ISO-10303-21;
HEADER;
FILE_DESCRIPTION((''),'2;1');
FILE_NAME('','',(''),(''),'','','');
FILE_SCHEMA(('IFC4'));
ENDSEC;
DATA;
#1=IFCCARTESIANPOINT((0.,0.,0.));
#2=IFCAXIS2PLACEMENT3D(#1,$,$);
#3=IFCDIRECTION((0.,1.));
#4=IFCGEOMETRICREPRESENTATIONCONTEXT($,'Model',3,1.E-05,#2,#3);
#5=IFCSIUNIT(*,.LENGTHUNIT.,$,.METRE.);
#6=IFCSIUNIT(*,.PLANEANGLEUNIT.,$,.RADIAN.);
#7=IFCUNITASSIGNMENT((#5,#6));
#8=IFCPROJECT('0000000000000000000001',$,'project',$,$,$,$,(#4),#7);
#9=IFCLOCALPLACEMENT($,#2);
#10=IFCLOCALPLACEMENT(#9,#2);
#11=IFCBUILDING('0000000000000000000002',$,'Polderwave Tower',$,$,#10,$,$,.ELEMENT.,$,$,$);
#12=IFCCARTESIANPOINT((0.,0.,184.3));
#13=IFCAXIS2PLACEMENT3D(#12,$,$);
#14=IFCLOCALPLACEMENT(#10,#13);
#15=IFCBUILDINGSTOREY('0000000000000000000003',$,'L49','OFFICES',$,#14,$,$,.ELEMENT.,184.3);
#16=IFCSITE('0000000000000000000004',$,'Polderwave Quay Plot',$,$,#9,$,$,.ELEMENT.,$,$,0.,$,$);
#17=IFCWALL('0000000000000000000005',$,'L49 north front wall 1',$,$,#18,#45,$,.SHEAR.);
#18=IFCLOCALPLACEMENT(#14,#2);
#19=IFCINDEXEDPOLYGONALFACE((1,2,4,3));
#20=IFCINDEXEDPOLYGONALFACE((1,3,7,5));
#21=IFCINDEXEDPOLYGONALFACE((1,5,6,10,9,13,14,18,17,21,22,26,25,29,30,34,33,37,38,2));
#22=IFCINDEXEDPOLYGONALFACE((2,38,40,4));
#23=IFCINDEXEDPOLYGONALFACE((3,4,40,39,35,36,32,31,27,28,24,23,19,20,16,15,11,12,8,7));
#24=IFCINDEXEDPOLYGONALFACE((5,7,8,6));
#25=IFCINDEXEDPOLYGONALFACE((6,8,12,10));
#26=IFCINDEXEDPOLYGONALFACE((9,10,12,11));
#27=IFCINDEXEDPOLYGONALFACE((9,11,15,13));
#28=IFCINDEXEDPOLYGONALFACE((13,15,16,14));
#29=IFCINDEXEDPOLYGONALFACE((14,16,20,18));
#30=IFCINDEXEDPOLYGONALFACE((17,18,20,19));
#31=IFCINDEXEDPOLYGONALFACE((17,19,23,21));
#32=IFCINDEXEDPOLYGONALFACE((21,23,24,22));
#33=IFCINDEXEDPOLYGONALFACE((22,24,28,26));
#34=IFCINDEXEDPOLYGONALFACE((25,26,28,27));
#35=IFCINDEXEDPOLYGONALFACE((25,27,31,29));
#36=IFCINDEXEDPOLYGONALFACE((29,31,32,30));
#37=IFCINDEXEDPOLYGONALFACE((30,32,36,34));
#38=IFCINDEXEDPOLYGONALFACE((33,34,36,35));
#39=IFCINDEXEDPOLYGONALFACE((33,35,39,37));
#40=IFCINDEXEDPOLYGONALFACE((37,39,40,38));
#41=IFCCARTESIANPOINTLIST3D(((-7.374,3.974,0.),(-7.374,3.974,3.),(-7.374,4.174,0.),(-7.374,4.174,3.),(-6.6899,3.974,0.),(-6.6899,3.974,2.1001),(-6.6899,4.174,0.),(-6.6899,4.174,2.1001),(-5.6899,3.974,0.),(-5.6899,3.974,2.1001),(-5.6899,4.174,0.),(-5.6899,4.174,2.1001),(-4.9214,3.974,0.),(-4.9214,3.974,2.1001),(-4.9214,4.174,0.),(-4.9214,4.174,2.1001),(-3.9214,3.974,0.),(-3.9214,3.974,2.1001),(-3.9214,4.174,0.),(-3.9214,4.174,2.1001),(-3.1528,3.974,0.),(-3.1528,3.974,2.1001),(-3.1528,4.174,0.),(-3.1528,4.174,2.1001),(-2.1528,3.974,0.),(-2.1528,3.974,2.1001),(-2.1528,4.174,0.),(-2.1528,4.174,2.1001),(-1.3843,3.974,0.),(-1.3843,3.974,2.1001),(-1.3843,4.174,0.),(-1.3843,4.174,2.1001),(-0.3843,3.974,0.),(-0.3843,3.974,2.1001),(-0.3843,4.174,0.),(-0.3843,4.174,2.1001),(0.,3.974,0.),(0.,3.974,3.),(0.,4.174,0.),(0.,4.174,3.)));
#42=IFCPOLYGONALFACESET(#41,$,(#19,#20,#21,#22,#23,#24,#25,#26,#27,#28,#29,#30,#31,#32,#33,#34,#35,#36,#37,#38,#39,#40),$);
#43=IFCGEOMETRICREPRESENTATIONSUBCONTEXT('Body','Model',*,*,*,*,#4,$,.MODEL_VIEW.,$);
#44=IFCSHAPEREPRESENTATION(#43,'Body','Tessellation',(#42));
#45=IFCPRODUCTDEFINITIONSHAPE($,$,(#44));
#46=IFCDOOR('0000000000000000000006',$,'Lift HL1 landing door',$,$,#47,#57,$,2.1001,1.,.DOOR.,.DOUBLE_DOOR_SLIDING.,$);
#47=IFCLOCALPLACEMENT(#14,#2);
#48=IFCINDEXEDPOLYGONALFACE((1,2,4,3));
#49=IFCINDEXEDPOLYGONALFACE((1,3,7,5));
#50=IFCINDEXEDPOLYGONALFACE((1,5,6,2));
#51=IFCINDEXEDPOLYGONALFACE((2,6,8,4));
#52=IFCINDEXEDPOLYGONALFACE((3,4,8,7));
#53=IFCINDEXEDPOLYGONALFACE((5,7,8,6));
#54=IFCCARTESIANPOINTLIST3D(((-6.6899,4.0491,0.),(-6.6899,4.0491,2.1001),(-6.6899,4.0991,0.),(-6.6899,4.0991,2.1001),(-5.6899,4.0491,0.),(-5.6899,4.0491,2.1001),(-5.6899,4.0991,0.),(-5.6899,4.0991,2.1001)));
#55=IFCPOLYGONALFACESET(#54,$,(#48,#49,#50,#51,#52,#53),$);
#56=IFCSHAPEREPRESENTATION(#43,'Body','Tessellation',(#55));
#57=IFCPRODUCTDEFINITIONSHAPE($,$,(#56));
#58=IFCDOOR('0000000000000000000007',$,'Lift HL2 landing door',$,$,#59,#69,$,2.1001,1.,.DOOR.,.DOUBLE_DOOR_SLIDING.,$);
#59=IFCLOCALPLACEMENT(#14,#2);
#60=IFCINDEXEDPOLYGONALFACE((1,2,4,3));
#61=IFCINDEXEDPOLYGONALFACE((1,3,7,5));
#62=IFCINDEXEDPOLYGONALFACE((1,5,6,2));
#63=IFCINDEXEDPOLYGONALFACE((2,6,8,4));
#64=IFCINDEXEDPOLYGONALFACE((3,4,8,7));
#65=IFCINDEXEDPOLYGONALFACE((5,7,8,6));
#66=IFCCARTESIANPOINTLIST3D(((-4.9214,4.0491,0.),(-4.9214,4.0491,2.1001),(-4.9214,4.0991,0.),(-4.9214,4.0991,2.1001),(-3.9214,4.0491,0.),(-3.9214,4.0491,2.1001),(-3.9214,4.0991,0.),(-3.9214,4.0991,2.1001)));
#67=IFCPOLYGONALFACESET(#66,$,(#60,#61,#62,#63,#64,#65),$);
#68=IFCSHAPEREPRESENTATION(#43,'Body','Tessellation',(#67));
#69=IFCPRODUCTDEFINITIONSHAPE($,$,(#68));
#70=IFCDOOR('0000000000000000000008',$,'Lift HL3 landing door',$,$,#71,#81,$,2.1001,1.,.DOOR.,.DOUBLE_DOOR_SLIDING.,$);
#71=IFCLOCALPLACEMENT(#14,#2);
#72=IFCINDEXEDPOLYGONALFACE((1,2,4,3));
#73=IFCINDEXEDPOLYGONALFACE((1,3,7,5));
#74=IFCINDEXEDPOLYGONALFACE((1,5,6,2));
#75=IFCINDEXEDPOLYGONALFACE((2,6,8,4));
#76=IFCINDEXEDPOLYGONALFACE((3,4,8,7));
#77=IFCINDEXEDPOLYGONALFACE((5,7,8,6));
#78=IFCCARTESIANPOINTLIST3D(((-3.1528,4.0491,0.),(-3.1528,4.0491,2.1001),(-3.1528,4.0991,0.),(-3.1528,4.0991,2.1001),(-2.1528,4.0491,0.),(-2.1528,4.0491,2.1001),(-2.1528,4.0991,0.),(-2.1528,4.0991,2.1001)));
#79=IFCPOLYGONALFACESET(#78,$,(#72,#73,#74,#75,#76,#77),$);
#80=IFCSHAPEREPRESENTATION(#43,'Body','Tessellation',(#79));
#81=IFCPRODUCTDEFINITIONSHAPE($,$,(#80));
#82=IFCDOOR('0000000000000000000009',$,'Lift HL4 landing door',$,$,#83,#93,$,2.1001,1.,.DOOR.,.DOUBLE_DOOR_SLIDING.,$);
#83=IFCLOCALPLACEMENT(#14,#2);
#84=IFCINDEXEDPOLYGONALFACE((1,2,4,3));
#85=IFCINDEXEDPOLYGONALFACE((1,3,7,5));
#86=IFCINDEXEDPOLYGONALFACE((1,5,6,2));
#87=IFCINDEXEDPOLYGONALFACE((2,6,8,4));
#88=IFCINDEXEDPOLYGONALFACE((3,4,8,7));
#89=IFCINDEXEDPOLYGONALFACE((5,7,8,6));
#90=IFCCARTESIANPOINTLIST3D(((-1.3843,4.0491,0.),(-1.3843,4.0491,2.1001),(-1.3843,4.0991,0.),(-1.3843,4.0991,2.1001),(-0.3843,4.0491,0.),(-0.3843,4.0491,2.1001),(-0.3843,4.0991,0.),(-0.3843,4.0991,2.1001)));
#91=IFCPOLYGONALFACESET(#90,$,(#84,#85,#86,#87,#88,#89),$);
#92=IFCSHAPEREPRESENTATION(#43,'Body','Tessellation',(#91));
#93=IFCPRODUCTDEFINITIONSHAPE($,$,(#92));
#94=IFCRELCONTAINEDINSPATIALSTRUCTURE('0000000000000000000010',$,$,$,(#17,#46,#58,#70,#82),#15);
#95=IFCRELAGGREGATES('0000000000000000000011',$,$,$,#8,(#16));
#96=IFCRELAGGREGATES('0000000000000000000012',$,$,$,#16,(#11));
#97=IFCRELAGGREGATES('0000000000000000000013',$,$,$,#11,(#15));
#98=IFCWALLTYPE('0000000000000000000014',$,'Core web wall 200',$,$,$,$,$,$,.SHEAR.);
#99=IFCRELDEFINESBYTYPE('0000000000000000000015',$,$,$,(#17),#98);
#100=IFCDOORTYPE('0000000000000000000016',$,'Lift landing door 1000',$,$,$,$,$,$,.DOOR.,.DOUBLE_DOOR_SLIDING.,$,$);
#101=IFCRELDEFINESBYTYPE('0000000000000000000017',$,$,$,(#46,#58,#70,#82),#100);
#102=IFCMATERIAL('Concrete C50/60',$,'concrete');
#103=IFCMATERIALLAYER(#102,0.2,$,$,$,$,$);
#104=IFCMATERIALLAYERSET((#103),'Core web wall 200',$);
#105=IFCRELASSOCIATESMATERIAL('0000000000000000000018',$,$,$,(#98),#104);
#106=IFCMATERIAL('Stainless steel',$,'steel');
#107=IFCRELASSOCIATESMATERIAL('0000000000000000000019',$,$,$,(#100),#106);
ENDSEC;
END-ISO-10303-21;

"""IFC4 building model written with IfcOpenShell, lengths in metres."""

from ifc_helpers import new_model, si_unit, direction, frame, frame_2d, origin, place, context, subcontext, project, spatial, rectangle, extrude, material, layer, layer_set, type_object, element, fill, save


model = new_model("IFC4")

# Units and contexts
model_context = context("Model", 3, precision=1e-05, world=origin(), true_north=direction((0.0, 1.0)))
body_context = subcontext(model_context, "Body", "Model", "MODEL_VIEW")
ifc_project = project(units=[si_unit("LENGTHUNIT", "METRE"), si_unit("PLANEANGLEUNIT", "RADIAN")], contexts=[model_context])

# Site, building, storey
site_placement = place(None, origin())
site = spatial("IfcSite", under=ifc_project, at=site_placement, Name="Polderwave Quay Plot", CompositionType="ELEMENT", RefElevation=0.0)
building_placement = place(site_placement, origin())
building = spatial("IfcBuilding", under=site, at=building_placement, Name="Polderwave Tower", CompositionType="ELEMENT")
storey_placement = place(building_placement, frame((0.0, 0.0, 184.3)))
storey = spatial("IfcBuildingStorey", under=building, at=storey_placement, Name="L49", Description="OFFICES", CompositionType="ELEMENT", Elevation=184.3)

# Wall, openings, doors
ifc_material_1 = material(Name="Concrete C50/60", Category="concrete")
ifc_layer_1 = layer(ifc_material_1, 0.2)
ifc_layer_set_1 = layer_set([ifc_layer_1], Name="Core web wall 200")
wall_type_1 = type_object("IfcWallType", Name="Core web wall 200", PredefinedType="SHEAR", material=ifc_layer_set_1)
wall_1_placement = place(storey_placement, frame((-7.374, 4.074, 0.0), z_axis=(0.0, 0.0, 1.0), x_axis=(1.0, 0.0, 0.0)))
wall_1 = element("IfcWall", 1, at=wall_1_placement, inside=storey, type_object=wall_type_1, Name="L49 north front wall 1", PredefinedType="SHEAR", context=body_context, shape_type="SweptSolid", body=[
    extrude(rectangle(XDim=7.374, YDim=0.2, at=frame_2d((3.687, 0.0))), origin(), (0.0, 0.0, 1.0), 3.0),
])
opening_1_placement = place(wall_1_placement, frame((0.6841, 0.0, 0.0)))
opening_1 = element("IfcOpeningElement", 2, at=opening_1_placement, cuts=wall_1, PredefinedType="OPENING", context=body_context, shape_type="SweptSolid", body=[
    extrude(rectangle(XDim=1.0, YDim=2.1001, at=frame_2d((0.5, 1.05))), frame((0.0, 0.1099, 0.0), z_axis=(0.0, -1.0, 0.0), x_axis=(1.0, 0.0, 0.0)), (0.0, 0.0, 1.0), 0.22),
])
opening_2_placement = place(wall_1_placement, frame((2.4526, 0.0, 0.0)))
opening_2 = element("IfcOpeningElement", 3, at=opening_2_placement, cuts=wall_1, PredefinedType="OPENING", context=body_context, shape_type="SweptSolid", body=[
    extrude(rectangle(XDim=1.0, YDim=2.1001, at=frame_2d((0.5, 1.05))), frame((0.0, 0.1099, 0.0), z_axis=(0.0, -1.0, 0.0), x_axis=(1.0, 0.0, 0.0)), (0.0, 0.0, 1.0), 0.22),
])
opening_3_placement = place(wall_1_placement, frame((4.2212, 0.0, 0.0)))
opening_3 = element("IfcOpeningElement", 4, at=opening_3_placement, cuts=wall_1, PredefinedType="OPENING", context=body_context, shape_type="SweptSolid", body=[
    extrude(rectangle(XDim=1.0, YDim=2.1001, at=frame_2d((0.5, 1.05))), frame((0.0, 0.1099, 0.0), z_axis=(0.0, -1.0, 0.0), x_axis=(1.0, 0.0, 0.0)), (0.0, 0.0, 1.0), 0.22),
])
opening_4_placement = place(wall_1_placement, frame((5.9897, 0.0, 0.0)))
opening_4 = element("IfcOpeningElement", 5, at=opening_4_placement, cuts=wall_1, PredefinedType="OPENING", context=body_context, shape_type="SweptSolid", body=[
    extrude(rectangle(XDim=1.0, YDim=2.1001, at=frame_2d((0.5, 1.05))), frame((0.0, 0.1099, 0.0), z_axis=(0.0, -1.0, 0.0), x_axis=(1.0, 0.0, 0.0)), (0.0, 0.0, 1.0), 0.22),
])
ifc_material_2 = material(Name="Stainless steel", Category="steel")
door_type_1 = type_object("IfcDoorType", Name="Lift landing door 1000", OperationType="DOUBLE_DOOR_SLIDING", PredefinedType="DOOR", material=ifc_material_2)
door_1_placement = place(opening_1_placement, frame((1.0, 0.0, 0.0), z_axis=(0.0, 0.0, 1.0), x_axis=(-1.0, 0.0, 0.0)))
door_1 = element("IfcDoor", 6, at=door_1_placement, inside=storey, type_object=door_type_1, Name="Lift HL1 landing door", OperationType="DOUBLE_DOOR_SLIDING", OverallHeight=2.1001, OverallWidth=1.0, PredefinedType="DOOR", context=body_context, shape_type="SweptSolid", body=[
    extrude(rectangle(XDim=1.0, YDim=2.1001, at=frame_2d((0.5, 1.05))), frame((0.0, 0.0249, 0.0), z_axis=(0.0, -1.0, 0.0), x_axis=(1.0, 0.0, 0.0)), (0.0, 0.0, 1.0), 0.05),
])
fill(opening_1, door_1)
door_2_placement = place(opening_2_placement, frame((1.0, 0.0, 0.0), z_axis=(0.0, 0.0, 1.0), x_axis=(-1.0, 0.0, 0.0)))
door_2 = element("IfcDoor", 7, at=door_2_placement, inside=storey, type_object=door_type_1, Name="Lift HL2 landing door", OperationType="DOUBLE_DOOR_SLIDING", OverallHeight=2.1001, OverallWidth=1.0, PredefinedType="DOOR", context=body_context, shape_type="SweptSolid", body=[
    extrude(rectangle(XDim=1.0, YDim=2.1001, at=frame_2d((0.5, 1.05))), frame((0.0, 0.0249, 0.0), z_axis=(0.0, -1.0, 0.0), x_axis=(1.0, 0.0, 0.0)), (0.0, 0.0, 1.0), 0.05),
])
fill(opening_2, door_2)
door_3_placement = place(opening_3_placement, frame((1.0, 0.0, 0.0), z_axis=(0.0, 0.0, 1.0), x_axis=(-1.0, 0.0, 0.0)))
door_3 = element("IfcDoor", 8, at=door_3_placement, inside=storey, type_object=door_type_1, Name="Lift HL3 landing door", OperationType="DOUBLE_DOOR_SLIDING", OverallHeight=2.1001, OverallWidth=1.0, PredefinedType="DOOR", context=body_context, shape_type="SweptSolid", body=[
    extrude(rectangle(XDim=1.0, YDim=2.1001, at=frame_2d((0.5, 1.05))), frame((0.0, 0.0249, 0.0), z_axis=(0.0, -1.0, 0.0), x_axis=(1.0, 0.0, 0.0)), (0.0, 0.0, 1.0), 0.05),
])
fill(opening_3, door_3)
door_4_placement = place(opening_4_placement, frame((1.0, 0.0, 0.0), z_axis=(0.0, 0.0, 1.0), x_axis=(-1.0, 0.0, 0.0)))
door_4 = element("IfcDoor", 9, at=door_4_placement, inside=storey, type_object=door_type_1, Name="Lift HL4 landing door", OperationType="DOUBLE_DOOR_SLIDING", OverallHeight=2.1001, OverallWidth=1.0, PredefinedType="DOOR", context=body_context, shape_type="SweptSolid", body=[
    extrude(rectangle(XDim=1.0, YDim=2.1001, at=frame_2d((0.5, 1.05))), frame((0.0, 0.0249, 0.0), z_axis=(0.0, -1.0, 0.0), x_axis=(1.0, 0.0, 0.0)), (0.0, 0.0, 1.0), 0.05),
])
fill(opening_4, door_4)

save(model, "model.ifc")
